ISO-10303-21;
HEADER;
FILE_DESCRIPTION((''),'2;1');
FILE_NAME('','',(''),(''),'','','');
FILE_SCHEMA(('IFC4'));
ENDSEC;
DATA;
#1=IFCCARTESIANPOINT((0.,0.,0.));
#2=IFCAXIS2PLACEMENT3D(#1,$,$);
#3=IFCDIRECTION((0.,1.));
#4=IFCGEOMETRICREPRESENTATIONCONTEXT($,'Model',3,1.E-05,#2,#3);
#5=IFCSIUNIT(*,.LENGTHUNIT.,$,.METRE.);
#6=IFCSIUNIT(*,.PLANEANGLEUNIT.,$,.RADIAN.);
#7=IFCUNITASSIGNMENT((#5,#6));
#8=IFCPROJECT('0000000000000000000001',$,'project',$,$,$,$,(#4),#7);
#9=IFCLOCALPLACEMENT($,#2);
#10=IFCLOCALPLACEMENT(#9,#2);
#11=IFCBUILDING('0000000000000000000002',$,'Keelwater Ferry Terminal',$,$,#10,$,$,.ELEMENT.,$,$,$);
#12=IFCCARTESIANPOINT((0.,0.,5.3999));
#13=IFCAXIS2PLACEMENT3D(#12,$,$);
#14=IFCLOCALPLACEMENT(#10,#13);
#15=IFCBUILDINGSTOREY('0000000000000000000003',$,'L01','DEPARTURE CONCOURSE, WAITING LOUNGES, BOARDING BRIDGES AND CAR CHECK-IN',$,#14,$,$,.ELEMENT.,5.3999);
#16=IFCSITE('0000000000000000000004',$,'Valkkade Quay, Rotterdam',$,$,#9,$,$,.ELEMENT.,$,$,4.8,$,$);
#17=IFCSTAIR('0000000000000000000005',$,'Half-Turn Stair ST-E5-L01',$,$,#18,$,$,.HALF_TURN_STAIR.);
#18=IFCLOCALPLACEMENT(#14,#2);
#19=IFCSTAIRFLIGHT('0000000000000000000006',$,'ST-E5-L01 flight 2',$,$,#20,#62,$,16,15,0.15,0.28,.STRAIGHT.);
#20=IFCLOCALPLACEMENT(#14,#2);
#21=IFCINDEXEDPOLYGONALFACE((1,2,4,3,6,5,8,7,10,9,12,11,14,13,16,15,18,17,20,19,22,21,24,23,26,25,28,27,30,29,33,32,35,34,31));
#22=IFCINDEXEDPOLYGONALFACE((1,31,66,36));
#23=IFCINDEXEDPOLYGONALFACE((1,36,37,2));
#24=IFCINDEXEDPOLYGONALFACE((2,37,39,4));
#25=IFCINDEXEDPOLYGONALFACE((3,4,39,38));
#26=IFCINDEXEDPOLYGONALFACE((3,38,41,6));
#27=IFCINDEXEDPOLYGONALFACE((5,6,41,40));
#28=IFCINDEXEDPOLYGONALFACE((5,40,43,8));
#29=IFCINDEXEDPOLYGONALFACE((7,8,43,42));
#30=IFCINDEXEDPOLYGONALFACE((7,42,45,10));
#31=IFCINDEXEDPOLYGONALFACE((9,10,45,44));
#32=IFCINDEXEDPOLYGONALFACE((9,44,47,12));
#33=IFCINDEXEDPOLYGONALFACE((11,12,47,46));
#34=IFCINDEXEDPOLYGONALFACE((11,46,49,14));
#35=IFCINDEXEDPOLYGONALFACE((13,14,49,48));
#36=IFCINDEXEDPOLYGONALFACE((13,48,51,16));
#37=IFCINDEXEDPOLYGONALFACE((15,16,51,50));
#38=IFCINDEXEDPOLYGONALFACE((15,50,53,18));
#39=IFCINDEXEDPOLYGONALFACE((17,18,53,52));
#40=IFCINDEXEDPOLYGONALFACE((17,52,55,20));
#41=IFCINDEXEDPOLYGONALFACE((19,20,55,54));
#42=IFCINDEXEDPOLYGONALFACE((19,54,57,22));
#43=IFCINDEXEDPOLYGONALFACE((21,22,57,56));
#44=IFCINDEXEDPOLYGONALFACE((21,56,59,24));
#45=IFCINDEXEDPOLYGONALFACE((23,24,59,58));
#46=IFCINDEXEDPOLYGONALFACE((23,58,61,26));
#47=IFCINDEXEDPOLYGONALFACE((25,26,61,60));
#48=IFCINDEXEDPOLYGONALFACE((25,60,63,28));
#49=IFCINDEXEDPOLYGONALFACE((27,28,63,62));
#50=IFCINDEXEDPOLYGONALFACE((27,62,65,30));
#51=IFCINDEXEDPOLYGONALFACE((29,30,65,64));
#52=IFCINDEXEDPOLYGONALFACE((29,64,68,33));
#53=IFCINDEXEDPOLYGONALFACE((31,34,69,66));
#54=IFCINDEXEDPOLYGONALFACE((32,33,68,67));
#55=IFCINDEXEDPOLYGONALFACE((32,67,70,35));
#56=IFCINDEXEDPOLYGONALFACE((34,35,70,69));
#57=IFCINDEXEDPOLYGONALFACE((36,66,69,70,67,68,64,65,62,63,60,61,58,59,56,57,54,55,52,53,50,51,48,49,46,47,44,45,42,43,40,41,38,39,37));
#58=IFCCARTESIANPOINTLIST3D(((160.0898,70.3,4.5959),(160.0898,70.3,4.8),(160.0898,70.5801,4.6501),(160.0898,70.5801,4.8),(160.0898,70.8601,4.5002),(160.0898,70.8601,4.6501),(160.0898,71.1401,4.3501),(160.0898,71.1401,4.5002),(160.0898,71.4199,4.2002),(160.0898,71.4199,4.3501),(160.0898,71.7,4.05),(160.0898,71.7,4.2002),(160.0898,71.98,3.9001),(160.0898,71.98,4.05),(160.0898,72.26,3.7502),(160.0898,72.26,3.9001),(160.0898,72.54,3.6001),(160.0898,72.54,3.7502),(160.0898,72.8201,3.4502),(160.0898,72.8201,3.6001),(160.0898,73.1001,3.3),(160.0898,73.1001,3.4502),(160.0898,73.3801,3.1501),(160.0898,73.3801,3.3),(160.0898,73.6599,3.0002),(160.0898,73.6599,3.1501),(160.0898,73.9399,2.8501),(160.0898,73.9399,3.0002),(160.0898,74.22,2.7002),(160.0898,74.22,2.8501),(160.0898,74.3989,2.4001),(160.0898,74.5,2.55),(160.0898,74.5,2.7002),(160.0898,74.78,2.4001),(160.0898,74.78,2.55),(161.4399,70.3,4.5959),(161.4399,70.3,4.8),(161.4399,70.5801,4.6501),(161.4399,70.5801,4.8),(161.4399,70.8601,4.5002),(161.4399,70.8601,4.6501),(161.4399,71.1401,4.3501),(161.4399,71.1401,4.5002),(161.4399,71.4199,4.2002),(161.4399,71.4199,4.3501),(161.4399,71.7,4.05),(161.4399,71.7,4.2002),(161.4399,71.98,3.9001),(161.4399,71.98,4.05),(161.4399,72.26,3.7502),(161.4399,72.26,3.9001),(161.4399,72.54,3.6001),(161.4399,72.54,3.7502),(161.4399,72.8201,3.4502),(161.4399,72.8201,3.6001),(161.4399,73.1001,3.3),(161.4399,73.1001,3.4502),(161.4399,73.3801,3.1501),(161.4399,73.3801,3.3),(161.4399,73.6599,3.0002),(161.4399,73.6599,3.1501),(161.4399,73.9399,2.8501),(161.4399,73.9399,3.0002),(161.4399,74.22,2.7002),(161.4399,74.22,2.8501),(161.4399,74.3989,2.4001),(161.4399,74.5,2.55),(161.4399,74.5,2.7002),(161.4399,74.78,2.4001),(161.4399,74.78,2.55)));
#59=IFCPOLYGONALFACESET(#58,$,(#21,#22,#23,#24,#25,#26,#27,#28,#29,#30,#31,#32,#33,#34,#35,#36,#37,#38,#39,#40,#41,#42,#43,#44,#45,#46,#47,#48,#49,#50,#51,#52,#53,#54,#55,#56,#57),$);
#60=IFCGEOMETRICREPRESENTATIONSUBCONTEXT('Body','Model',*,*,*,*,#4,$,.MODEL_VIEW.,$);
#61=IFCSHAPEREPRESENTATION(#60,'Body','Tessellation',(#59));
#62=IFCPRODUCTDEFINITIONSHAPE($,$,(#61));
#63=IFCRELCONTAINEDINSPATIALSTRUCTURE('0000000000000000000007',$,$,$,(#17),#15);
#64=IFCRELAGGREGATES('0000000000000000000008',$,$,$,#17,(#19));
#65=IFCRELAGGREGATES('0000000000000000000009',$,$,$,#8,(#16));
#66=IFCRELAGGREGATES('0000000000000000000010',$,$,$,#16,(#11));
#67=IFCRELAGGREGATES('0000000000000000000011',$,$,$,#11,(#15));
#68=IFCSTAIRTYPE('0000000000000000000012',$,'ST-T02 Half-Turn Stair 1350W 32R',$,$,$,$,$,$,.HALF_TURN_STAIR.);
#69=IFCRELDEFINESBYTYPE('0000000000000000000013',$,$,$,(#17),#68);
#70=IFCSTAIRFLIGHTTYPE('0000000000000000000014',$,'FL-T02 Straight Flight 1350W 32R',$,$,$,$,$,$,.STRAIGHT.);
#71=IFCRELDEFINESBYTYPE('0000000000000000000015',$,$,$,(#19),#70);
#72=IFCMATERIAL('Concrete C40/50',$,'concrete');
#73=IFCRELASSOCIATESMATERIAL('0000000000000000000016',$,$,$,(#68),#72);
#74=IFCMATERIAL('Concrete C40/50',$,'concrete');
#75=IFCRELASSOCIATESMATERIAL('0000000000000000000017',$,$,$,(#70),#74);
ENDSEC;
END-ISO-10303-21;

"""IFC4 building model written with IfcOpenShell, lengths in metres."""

from ifc_helpers import new_model, si_unit, direction, frame, origin, place, context, subcontext, project, spatial, polyline, outline, extrude, material, type_object, element, aggregate, save


model = new_model("IFC4")

# Units and contexts
model_context = context("Model", 3, precision=1e-05, world=origin(), true_north=direction((0.0, 1.0)))
body_context = subcontext(model_context, "Body", "Model", "MODEL_VIEW")
ifc_project = project(units=[si_unit("LENGTHUNIT", "METRE"), si_unit("PLANEANGLEUNIT", "RADIAN")], contexts=[model_context])

# Site, building, storey
site_placement = place(None, origin())
site = spatial("IfcSite", under=ifc_project, at=site_placement, Name="Valkkade Quay, Rotterdam", CompositionType="ELEMENT", RefElevation=4.8)
building_placement = place(site_placement, origin())
building = spatial("IfcBuilding", under=site, at=building_placement, Name="Keelwater Ferry Terminal", CompositionType="ELEMENT")
storey_placement = place(building_placement, frame((0.0, 0.0, 5.3999)))
storey = spatial("IfcBuildingStorey", under=building, at=storey_placement, Name="L01", Description="DEPARTURE CONCOURSE, WAITING LOUNGES, BOARDING BRIDGES AND CAR CHECK-IN", CompositionType="ELEMENT", Elevation=5.3999)

# Stair, stair flight
ifc_material_1 = material(Name="Concrete C40/50", Category="concrete")
stair_type = type_object("IfcStairType", Name="ST-T02 Half-Turn Stair 1350W 32R", PredefinedType="HALF_TURN_STAIR", material=ifc_material_1)
stair_placement = place(storey_placement, origin())
stair = element("IfcStair", 1, at=stair_placement, inside=storey, type_object=stair_type, Name="Half-Turn Stair ST-E5-L01", PredefinedType="HALF_TURN_STAIR")
ifc_material_2 = material(Name="Concrete C40/50", Category="concrete")
stair_flight_type = type_object("IfcStairFlightType", Name="FL-T02 Straight Flight 1350W 32R", PredefinedType="STRAIGHT", material=ifc_material_2)
stair_flight_placement = place(storey_placement, frame((160.7649, 74.78, 2.4001), z_axis=(0.0, 0.0, 1.0), x_axis=(0.0, -1.0, 0.0)))
stair_flight = element("IfcStairFlight", 2, at=stair_flight_placement, type_object=stair_flight_type, Name="ST-E5-L01 flight 2", NumberOfRisers=16, NumberOfTreads=15, PredefinedType="STRAIGHT", RiserHeight=0.15, TreadLength=0.28, context=body_context, shape_type="SweptSolid", body=[
    extrude(outline(polyline([(0.0, 0.0), (0.0, 0.1499), (0.28, 0.1499), (0.28, 0.3), (0.5601, 0.3), (0.5601, 0.45), (0.8401, 0.45), (0.8401, 0.6001), (1.1201, 0.6001), (1.1201, 0.75), (1.3999, 0.75), (1.3999, 0.8999), (1.6799, 0.8999), (1.6799, 1.05), (1.96, 1.05), (1.96, 1.2), (2.24, 1.2), (2.24, 1.3501), (2.52, 1.3501), (2.52, 1.5), (2.8, 1.5), (2.8, 1.6499), (3.0801, 1.6499), (3.0801, 1.8), (3.3601, 1.8), (3.3601, 1.95), (3.6399, 1.95), (3.6399, 2.1001), (3.9199, 2.1001), (3.9199, 2.25), (4.2, 2.25), (4.2, 2.3999), (4.48, 2.3999), (4.48, 2.1958), (0.3811, 0.0), (0.0, 0.0)])), frame((0.0, 0.675, 0.0), z_axis=(0.0, -1.0, 0.0), x_axis=(1.0, 0.0, 0.0)), (0.0, 0.0, 1.0), 1.3501),
])
aggregate(stair, [stair_flight])

save(model, "model.ifc")
